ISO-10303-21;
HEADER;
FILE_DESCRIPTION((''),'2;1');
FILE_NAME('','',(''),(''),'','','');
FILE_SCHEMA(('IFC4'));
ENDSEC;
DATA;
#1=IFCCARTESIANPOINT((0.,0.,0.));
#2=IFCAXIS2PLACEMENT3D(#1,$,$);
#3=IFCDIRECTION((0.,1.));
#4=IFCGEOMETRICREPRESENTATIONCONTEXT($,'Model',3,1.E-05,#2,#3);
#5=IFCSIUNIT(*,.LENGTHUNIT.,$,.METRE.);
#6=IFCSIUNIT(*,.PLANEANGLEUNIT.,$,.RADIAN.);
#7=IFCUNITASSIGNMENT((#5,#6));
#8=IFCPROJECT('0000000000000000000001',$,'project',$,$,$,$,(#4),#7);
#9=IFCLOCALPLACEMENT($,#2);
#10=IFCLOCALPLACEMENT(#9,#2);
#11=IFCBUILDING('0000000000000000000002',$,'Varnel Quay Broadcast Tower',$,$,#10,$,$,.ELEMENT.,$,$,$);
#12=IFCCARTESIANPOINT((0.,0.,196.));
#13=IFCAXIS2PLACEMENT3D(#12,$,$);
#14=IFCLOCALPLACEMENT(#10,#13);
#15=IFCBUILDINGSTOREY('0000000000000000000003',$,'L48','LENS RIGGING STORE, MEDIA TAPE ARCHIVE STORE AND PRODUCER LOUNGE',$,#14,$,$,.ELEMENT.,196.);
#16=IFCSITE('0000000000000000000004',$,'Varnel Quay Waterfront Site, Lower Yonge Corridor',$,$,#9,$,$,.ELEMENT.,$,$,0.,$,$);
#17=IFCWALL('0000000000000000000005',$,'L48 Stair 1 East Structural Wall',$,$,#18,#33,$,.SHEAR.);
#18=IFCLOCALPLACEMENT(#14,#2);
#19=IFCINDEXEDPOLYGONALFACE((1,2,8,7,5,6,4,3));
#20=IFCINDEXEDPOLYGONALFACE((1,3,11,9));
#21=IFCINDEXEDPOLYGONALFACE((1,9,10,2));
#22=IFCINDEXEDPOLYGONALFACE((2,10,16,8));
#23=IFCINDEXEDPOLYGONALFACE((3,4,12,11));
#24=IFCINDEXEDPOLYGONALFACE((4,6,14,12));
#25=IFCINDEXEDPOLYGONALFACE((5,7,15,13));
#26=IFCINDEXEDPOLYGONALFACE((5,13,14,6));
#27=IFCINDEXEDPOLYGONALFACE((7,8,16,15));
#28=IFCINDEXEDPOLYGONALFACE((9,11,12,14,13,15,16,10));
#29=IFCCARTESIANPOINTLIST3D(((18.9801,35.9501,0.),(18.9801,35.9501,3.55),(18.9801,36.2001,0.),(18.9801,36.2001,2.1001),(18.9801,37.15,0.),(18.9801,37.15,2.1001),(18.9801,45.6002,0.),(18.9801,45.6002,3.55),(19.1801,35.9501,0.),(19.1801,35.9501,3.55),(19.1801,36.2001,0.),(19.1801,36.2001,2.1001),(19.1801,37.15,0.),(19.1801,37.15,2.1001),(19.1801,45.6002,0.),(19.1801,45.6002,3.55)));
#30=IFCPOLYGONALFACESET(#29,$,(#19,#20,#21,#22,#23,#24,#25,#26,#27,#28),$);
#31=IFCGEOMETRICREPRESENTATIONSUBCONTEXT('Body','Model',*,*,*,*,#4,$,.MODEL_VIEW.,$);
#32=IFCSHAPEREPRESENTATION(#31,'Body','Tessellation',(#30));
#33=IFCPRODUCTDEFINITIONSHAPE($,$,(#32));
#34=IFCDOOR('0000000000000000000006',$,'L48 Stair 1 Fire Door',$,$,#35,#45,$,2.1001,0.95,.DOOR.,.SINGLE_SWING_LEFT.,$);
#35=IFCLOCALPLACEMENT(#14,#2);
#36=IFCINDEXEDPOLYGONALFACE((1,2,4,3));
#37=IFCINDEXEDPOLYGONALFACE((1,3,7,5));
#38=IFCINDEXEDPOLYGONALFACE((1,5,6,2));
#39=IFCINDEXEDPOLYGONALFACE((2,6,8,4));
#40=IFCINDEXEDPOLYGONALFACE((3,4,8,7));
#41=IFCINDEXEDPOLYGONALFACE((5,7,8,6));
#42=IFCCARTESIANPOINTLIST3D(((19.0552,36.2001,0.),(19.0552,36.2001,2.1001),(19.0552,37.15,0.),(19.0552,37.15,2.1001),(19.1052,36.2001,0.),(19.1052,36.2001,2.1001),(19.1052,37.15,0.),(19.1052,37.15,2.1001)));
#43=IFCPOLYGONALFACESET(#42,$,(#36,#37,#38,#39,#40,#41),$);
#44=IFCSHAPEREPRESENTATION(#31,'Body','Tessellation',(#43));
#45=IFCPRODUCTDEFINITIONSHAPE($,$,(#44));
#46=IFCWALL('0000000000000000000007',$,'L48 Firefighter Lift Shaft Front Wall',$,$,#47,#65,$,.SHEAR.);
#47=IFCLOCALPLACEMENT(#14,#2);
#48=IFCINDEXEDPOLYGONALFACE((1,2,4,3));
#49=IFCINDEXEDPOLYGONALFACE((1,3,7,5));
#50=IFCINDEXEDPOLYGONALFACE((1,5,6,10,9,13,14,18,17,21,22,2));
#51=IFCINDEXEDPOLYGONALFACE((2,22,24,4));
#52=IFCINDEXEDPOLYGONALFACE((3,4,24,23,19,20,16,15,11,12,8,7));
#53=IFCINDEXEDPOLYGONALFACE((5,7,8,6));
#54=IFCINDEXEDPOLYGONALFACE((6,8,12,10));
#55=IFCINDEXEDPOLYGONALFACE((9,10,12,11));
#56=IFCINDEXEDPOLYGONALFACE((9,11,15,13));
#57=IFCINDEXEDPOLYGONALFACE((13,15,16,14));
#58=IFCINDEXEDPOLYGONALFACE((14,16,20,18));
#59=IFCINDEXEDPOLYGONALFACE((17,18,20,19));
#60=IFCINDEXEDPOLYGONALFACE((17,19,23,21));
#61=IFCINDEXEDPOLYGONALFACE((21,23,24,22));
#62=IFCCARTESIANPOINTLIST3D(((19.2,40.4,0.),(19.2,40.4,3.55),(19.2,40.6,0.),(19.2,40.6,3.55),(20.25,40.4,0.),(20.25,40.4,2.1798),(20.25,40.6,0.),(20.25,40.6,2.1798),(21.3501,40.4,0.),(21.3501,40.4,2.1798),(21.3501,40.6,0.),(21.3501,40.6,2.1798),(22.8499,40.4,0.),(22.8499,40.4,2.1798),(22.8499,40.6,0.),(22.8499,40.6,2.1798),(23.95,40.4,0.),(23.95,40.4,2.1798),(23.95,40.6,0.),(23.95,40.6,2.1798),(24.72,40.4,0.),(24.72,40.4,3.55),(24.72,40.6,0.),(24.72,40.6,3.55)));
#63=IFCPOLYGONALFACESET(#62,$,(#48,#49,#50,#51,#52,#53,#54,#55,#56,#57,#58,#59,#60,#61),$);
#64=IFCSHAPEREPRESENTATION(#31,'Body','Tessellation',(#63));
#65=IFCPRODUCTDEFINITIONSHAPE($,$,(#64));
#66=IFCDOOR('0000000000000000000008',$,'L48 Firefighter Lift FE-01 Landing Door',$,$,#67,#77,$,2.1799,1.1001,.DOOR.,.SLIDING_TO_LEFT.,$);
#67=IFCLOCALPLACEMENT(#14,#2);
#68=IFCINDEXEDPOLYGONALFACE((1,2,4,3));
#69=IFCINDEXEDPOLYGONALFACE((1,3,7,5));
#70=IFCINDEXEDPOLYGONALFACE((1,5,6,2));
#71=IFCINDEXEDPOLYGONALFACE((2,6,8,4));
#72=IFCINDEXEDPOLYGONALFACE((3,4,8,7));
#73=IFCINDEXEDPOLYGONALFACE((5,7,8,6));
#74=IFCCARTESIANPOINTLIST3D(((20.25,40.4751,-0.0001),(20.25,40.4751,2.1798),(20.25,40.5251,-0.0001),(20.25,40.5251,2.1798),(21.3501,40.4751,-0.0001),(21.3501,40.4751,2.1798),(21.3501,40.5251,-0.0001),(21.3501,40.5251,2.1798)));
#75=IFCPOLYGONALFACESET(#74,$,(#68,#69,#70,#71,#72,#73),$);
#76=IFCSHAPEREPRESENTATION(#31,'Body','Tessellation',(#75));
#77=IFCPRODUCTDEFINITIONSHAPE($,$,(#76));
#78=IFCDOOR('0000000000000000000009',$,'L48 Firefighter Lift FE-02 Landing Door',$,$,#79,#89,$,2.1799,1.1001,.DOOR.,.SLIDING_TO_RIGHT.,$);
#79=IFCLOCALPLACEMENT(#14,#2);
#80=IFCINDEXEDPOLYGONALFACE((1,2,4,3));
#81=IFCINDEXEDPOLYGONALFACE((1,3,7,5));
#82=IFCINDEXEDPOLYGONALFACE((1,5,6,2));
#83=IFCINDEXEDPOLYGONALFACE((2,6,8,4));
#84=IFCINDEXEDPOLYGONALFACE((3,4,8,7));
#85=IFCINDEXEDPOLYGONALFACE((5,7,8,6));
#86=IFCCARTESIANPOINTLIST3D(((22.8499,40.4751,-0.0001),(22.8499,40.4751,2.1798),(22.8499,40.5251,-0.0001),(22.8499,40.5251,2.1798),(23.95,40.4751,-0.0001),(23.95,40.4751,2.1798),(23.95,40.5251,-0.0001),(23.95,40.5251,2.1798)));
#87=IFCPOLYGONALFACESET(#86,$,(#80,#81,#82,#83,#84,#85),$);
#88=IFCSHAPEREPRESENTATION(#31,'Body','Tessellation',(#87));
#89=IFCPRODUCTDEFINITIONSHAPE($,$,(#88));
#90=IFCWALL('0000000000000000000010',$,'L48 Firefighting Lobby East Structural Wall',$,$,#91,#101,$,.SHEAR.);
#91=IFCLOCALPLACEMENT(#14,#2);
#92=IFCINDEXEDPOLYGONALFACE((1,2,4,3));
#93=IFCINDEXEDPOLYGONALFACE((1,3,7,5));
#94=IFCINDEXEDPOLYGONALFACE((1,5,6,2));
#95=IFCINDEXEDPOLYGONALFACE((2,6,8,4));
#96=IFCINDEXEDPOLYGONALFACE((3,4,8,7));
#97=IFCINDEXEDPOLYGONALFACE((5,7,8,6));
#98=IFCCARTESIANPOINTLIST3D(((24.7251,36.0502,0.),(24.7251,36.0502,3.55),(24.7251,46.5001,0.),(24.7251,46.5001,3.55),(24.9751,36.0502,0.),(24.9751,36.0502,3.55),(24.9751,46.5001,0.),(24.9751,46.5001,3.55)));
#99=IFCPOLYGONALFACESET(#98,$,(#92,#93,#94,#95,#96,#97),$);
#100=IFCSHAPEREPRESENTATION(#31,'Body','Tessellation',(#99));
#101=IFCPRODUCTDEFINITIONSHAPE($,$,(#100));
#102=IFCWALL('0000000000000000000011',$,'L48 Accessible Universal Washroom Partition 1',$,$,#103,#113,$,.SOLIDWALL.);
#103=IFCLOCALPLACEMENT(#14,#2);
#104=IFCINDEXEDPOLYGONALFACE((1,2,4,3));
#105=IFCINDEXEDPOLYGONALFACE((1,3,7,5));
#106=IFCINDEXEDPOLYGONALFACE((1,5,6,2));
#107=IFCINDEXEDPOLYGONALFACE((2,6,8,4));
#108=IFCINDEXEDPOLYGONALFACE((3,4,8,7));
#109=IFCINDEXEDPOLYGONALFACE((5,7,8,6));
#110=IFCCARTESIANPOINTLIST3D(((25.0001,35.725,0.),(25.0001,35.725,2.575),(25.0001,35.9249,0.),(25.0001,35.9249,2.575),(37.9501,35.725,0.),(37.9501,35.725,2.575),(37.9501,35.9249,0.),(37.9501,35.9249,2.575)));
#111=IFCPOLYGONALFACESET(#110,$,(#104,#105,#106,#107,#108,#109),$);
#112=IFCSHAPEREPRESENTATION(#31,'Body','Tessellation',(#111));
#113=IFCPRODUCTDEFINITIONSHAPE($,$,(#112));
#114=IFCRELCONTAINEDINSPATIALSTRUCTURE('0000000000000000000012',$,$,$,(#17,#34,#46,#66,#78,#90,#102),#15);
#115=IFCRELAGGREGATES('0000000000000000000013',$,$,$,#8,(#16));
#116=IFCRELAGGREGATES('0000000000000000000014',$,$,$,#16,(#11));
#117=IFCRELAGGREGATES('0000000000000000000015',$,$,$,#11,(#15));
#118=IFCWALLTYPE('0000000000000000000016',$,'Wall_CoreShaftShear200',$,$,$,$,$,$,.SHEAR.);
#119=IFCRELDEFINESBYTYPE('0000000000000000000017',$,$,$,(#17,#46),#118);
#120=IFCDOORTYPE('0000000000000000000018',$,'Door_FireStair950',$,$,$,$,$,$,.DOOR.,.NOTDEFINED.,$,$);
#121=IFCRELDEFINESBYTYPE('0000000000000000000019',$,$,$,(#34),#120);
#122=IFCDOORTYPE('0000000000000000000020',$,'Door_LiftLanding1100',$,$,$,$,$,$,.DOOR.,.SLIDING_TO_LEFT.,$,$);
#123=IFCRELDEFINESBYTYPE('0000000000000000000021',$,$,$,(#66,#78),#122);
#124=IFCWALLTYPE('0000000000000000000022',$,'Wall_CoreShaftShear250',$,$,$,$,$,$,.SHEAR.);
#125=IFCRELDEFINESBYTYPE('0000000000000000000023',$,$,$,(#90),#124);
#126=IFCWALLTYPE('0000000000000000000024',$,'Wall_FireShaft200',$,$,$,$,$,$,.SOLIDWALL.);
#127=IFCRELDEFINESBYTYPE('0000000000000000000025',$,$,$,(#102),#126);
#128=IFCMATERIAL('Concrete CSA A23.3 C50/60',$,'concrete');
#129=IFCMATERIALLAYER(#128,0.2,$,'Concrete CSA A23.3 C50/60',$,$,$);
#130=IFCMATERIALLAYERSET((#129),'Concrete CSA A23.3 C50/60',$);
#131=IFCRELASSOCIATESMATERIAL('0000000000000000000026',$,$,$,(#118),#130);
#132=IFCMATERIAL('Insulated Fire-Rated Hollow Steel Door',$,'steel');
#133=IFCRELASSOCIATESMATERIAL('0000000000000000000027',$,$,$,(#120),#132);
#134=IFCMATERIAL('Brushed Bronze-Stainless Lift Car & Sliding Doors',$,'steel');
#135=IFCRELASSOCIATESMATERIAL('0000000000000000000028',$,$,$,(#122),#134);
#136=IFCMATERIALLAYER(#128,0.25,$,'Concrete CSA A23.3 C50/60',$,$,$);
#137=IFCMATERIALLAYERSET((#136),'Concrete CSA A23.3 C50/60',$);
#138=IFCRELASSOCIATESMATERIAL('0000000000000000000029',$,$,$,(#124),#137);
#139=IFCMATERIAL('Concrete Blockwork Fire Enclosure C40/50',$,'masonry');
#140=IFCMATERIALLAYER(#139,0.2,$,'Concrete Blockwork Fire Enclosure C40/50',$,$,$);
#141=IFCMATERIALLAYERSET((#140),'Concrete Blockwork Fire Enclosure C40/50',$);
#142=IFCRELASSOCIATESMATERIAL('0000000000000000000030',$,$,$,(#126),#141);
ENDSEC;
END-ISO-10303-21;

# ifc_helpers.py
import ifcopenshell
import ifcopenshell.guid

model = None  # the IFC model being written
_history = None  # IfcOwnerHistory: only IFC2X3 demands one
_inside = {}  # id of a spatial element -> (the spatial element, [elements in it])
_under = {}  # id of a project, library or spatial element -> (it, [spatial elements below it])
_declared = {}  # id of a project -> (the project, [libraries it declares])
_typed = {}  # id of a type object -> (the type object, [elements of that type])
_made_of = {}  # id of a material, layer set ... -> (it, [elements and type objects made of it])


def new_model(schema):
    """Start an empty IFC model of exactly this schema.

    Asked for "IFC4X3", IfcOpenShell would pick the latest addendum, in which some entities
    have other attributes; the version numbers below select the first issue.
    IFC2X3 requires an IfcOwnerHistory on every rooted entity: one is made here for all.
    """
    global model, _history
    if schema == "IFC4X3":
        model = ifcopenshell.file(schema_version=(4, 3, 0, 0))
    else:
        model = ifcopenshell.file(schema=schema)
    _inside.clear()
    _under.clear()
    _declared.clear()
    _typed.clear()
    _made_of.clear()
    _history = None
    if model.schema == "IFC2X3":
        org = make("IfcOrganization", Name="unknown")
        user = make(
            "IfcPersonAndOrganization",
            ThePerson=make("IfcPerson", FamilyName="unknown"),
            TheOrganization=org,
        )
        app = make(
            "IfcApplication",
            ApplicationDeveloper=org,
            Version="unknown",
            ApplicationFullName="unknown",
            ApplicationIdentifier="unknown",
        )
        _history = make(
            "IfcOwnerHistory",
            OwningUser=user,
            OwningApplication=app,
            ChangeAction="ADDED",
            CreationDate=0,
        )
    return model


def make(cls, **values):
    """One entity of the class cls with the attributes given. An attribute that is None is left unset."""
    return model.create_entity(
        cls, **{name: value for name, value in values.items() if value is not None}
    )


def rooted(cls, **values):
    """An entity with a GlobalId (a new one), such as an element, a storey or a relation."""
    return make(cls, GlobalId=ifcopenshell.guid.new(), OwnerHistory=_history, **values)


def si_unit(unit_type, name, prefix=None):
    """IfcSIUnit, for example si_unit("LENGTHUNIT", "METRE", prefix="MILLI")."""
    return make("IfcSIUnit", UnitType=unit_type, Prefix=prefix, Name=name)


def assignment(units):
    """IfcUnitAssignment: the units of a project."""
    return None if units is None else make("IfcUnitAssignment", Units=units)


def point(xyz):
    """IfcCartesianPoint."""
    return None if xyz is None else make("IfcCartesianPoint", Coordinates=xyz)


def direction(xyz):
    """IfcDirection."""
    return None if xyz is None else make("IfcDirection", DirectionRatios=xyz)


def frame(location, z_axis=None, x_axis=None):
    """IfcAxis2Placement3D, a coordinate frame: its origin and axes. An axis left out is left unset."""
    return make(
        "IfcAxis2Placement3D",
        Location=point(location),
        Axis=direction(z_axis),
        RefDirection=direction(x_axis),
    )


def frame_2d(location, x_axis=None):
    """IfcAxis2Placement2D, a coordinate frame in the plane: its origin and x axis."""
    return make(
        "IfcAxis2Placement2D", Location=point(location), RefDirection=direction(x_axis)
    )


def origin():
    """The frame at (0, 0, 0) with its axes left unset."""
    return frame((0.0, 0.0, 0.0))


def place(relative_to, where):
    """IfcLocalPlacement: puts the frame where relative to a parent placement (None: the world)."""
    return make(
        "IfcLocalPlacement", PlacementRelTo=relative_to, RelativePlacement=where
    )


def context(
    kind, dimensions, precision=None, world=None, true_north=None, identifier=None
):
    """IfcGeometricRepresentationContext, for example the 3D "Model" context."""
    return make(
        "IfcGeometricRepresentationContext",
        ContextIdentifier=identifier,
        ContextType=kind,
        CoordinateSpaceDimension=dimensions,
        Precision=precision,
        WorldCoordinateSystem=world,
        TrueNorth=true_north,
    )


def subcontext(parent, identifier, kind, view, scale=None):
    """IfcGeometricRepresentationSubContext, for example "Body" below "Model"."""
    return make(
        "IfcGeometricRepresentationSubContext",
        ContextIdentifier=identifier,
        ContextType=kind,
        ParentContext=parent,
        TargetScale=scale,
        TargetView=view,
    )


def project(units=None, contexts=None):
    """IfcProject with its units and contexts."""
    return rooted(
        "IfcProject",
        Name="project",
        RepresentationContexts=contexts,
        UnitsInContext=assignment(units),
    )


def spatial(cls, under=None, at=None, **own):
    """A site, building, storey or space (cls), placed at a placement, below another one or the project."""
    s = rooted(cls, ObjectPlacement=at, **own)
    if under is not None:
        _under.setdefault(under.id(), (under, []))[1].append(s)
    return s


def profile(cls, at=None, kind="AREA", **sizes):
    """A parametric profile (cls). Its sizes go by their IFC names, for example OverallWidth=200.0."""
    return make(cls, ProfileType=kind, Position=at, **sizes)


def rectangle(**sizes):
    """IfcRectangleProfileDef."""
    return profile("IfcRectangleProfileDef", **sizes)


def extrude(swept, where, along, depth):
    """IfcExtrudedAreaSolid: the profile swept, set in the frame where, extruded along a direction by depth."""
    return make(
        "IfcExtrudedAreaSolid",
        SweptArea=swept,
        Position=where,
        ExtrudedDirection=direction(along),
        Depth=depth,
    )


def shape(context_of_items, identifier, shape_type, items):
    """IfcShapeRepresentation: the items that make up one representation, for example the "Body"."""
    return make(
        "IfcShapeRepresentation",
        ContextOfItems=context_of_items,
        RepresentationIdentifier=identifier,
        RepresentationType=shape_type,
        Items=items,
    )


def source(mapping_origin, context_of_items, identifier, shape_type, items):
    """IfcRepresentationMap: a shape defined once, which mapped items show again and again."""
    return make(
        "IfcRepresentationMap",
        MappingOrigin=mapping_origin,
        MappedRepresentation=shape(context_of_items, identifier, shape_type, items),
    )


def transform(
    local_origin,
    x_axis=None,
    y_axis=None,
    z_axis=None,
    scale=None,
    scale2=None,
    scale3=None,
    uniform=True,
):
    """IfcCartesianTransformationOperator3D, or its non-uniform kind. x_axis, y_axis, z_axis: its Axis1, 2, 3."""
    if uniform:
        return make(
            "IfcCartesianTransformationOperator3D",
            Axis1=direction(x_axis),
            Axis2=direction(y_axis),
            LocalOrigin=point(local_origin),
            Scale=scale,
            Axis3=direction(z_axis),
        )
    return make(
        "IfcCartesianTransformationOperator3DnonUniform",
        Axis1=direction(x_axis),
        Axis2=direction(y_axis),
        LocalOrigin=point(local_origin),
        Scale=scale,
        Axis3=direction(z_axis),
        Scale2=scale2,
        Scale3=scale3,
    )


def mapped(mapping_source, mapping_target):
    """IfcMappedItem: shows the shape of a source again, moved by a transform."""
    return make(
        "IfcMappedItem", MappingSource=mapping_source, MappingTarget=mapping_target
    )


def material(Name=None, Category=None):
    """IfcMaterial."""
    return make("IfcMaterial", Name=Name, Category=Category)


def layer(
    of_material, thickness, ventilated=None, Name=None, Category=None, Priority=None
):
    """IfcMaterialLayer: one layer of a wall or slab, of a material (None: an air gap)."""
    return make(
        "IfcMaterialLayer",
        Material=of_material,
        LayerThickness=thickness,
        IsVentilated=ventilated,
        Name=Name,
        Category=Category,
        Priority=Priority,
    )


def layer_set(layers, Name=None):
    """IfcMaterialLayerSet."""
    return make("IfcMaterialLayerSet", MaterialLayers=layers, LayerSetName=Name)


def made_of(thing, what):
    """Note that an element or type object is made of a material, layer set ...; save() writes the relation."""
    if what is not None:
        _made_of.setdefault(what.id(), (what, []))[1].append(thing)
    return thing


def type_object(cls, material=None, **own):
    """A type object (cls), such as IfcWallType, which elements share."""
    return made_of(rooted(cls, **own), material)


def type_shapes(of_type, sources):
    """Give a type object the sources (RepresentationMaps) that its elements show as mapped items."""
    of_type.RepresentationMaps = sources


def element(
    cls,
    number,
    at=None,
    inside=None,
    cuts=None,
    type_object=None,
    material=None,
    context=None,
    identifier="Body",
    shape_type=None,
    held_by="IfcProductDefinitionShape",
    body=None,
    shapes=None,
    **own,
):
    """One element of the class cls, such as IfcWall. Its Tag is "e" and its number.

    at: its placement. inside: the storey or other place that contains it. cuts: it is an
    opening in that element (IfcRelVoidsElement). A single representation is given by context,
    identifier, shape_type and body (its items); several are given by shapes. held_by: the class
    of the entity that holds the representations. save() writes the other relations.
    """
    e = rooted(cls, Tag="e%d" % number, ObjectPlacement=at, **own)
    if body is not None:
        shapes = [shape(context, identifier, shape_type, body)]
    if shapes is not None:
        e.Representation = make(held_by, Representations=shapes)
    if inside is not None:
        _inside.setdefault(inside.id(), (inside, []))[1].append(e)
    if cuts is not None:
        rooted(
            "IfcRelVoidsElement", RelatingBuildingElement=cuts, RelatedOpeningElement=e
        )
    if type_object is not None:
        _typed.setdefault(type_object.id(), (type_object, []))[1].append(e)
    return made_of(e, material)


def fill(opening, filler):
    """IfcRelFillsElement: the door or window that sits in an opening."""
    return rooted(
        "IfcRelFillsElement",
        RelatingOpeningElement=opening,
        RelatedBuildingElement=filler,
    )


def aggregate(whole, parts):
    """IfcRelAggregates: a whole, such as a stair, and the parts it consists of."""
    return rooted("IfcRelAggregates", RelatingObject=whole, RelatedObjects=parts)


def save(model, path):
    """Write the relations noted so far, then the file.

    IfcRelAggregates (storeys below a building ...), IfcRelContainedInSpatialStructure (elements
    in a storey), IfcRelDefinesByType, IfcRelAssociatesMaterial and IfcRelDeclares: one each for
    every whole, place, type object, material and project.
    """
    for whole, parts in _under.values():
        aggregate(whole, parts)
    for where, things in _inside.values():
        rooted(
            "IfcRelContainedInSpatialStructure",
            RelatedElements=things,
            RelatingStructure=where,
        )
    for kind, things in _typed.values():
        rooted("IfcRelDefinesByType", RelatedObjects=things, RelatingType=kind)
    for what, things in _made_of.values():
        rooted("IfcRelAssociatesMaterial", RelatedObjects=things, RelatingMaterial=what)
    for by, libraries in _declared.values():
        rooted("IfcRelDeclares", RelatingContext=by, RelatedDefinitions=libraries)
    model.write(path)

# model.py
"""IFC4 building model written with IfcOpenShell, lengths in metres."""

from ifc_helpers import new_model, si_unit, direction, frame, frame_2d, origin, place, context, subcontext, project, spatial, rectangle, extrude, source, transform, mapped, material, layer, layer_set, type_object, type_shapes, element, fill, save


model = new_model("IFC4")

# Units and contexts
model_context = context("Model", 3, precision=1e-05, world=origin(), true_north=direction((0.0, 1.0)))
body_context = subcontext(model_context, "Body", "Model", "MODEL_VIEW")
ifc_project = project(units=[si_unit("LENGTHUNIT", "METRE"), si_unit("PLANEANGLEUNIT", "RADIAN")], contexts=[model_context])

# Site, building, storey
site_placement = place(None, origin())
site = spatial("IfcSite", under=ifc_project, at=site_placement, Name="Varnel Quay Waterfront Site, Lower Yonge Corridor", CompositionType="ELEMENT", RefElevation=0.0)
building_placement = place(site_placement, origin())
building = spatial("IfcBuilding", under=site, at=building_placement, Name="Varnel Quay Broadcast Tower", CompositionType="ELEMENT")
storey_placement = place(building_placement, frame((0.0, 0.0, 196.0)))
storey = spatial("IfcBuildingStorey", under=building, at=storey_placement, Name="L48", Description="LENS RIGGING STORE, MEDIA TAPE ARCHIVE STORE AND PRODUCER LOUNGE", CompositionType="ELEMENT", Elevation=196.0)

# Wall, opening, door
ifc_material_1 = material(Name="Concrete CSA A23.3 C50/60", Category="concrete")
ifc_layer_1 = layer(ifc_material_1, 0.2, Name="Concrete CSA A23.3 C50/60")
ifc_layer_set_1 = layer_set([ifc_layer_1], Name="Concrete CSA A23.3 C50/60")
wall_type_1 = type_object("IfcWallType", Name="Wall_CoreShaftShear200", PredefinedType="SHEAR", material=ifc_layer_set_1)
wall_1_placement = place(storey_placement, frame((19.0801, 35.95, 0.0), z_axis=(0.0, 0.0, 1.0), x_axis=(0.0, 1.0, 0.0)))
wall_1 = element("IfcWall", 1, at=wall_1_placement, inside=storey, type_object=wall_type_1, Name="L48 Stair 1 East Structural Wall", PredefinedType="SHEAR", context=body_context, shape_type="SweptSolid", body=[
    extrude(rectangle(XDim=9.6501, YDim=0.2, at=frame_2d((4.8252, 0.0))), origin(), (0.0, 0.0, 1.0), 3.55),
])
opening_1_placement = place(wall_1_placement, frame((0.25, 0.0, 0.0)))
opening_1 = element("IfcOpeningElement", 2, at=opening_1_placement, cuts=wall_1, PredefinedType="OPENING", context=body_context, shape_type="SweptSolid", body=[
    extrude(rectangle(XDim=0.95, YDim=2.1001, at=frame_2d((0.4751, 1.05))), frame((0.0, 0.1099, 0.0), z_axis=(0.0, -1.0, 0.0), x_axis=(1.0, 0.0, 0.0)), (0.0, 0.0, 1.0), 0.22),
])
ifc_material_2 = material(Name="Insulated Fire-Rated Hollow Steel Door", Category="steel")
door_type_1 = type_object("IfcDoorType", Name="Door_FireStair950", OperationType="NOTDEFINED", PredefinedType="DOOR", material=ifc_material_2)
shared_shape_1 = source(origin(), body_context, "Body", "SweptSolid", [
    extrude(rectangle(XDim=0.95, YDim=2.1001, at=frame_2d((0.4751, 1.05))), frame((0.0, 0.0249, 0.0), z_axis=(0.0, -1.0, 0.0), x_axis=(1.0, 0.0, 0.0)), (0.0, 0.0, 1.0), 0.05),
])
type_shapes(door_type_1, [shared_shape_1])
door_1_placement = place(opening_1_placement, origin())
door_1 = element("IfcDoor", 3, at=door_1_placement, inside=storey, type_object=door_type_1, Name="L48 Stair 1 Fire Door", OperationType="SINGLE_SWING_LEFT", OverallHeight=2.1001, OverallWidth=0.95, PredefinedType="DOOR", context=body_context, shape_type="MappedRepresentation", body=[
    mapped(shared_shape_1, transform((0.0, 0.0, 0.0), x_axis=(1.0, 0.0, 0.0), y_axis=(0.0, 1.0, 0.0), z_axis=(0.0, 0.0, 1.0), scale=1.0)),
])
fill(opening_1, door_1)

# Wall, openings, doors
wall_2_placement = place(storey_placement, frame((19.2, 40.5, 0.0), z_axis=(0.0, 0.0, 1.0), x_axis=(1.0, 0.0, 0.0)))
wall_2 = element("IfcWall", 4, at=wall_2_placement, inside=storey, type_object=wall_type_1, Name="L48 Firefighter Lift Shaft Front Wall", PredefinedType="SHEAR", context=body_context, shape_type="SweptSolid", body=[
    extrude(rectangle(XDim=5.52, YDim=0.2, at=frame_2d((2.76, 0.0))), origin(), (0.0, 0.0, 1.0), 3.55),
])
opening_2_placement = place(wall_2_placement, frame((1.05, 0.0, 0.0)))
opening_2 = element("IfcOpeningElement", 5, at=opening_2_placement, cuts=wall_2, PredefinedType="OPENING", context=body_context, shape_type="SweptSolid", body=[
    extrude(rectangle(XDim=1.1001, YDim=2.1799, at=frame_2d((0.55, 1.0898))), frame((0.0, 0.1099, 0.0), z_axis=(0.0, -1.0, 0.0), x_axis=(1.0, 0.0, 0.0)), (0.0, 0.0, 1.0), 0.22),
])
opening_3_placement = place(wall_2_placement, frame((3.6499, 0.0, 0.0)))
opening_3 = element("IfcOpeningElement", 6, at=opening_3_placement, cuts=wall_2, PredefinedType="OPENING", context=body_context, shape_type="SweptSolid", body=[
    extrude(rectangle(XDim=1.1001, YDim=2.1799, at=frame_2d((0.55, 1.0898))), frame((0.0, 0.1099, 0.0), z_axis=(0.0, -1.0, 0.0), x_axis=(1.0, 0.0, 0.0)), (0.0, 0.0, 1.0), 0.22),
])
ifc_material_3 = material(Name="Brushed Bronze-Stainless Lift Car & Sliding Doors", Category="steel")
door_type_2 = type_object("IfcDoorType", Name="Door_LiftLanding1100", OperationType="SLIDING_TO_LEFT", PredefinedType="DOOR", material=ifc_material_3)
shared_shape_2 = source(origin(), body_context, "Body", "SweptSolid", [
    extrude(rectangle(XDim=1.1001, YDim=2.1799, at=frame_2d((0.55, 1.0898))), frame((0.0, 0.0249, 0.0), z_axis=(0.0, -1.0, 0.0), x_axis=(1.0, 0.0, 0.0)), (0.0, 0.0, 1.0), 0.05),
])
type_shapes(door_type_2, [shared_shape_2])
door_2_placement = place(opening_2_placement, frame((1.1001, 0.0, 0.0), z_axis=(0.0, 0.0, 1.0), x_axis=(-1.0, 0.0, 0.0)))
door_2 = element("IfcDoor", 7, at=door_2_placement, inside=storey, type_object=door_type_2, Name="L48 Firefighter Lift FE-01 Landing Door", OperationType="SLIDING_TO_LEFT", OverallHeight=2.1799, OverallWidth=1.1001, PredefinedType="DOOR", context=body_context, shape_type="MappedRepresentation", body=[
    mapped(shared_shape_2, transform((0.0, 0.0, 0.0), x_axis=(1.0, 0.0, 0.0), y_axis=(0.0, 1.0, 0.0), z_axis=(0.0, 0.0, 1.0), scale=1.0)),
])
fill(opening_2, door_2)
door_3_placement = place(opening_3_placement, frame((1.1001, 0.0, 0.0), z_axis=(0.0, 0.0, 1.0), x_axis=(-1.0, 0.0, 0.0)))
door_3 = element("IfcDoor", 8, at=door_3_placement, inside=storey, type_object=door_type_2, Name="L48 Firefighter Lift FE-02 Landing Door", OperationType="SLIDING_TO_RIGHT", OverallHeight=2.1799, OverallWidth=1.1001, PredefinedType="DOOR", context=body_context, shape_type="MappedRepresentation", body=[
    mapped(shared_shape_2, transform((0.0, 0.0, 0.0), x_axis=(1.0, 0.0, 0.0), y_axis=(0.0, 1.0, 0.0), z_axis=(0.0, 0.0, 1.0), scale=1.0)),
])
fill(opening_3, door_3)

# Walls
ifc_layer_2 = layer(ifc_material_1, 0.25, Name="Concrete CSA A23.3 C50/60")
ifc_layer_set_2 = layer_set([ifc_layer_2], Name="Concrete CSA A23.3 C50/60")
wall_type_2 = type_object("IfcWallType", Name="Wall_CoreShaftShear250", PredefinedType="SHEAR", material=ifc_layer_set_2)
wall_3_placement = place(storey_placement, frame((24.8501, 36.05, 0.0), z_axis=(0.0, 0.0, 1.0), x_axis=(0.0, 1.0, 0.0)))
element("IfcWall", 9, at=wall_3_placement, inside=storey, type_object=wall_type_2, Name="L48 Firefighting Lobby East Structural Wall", PredefinedType="SHEAR", context=body_context, shape_type="SweptSolid", body=[
    extrude(rectangle(XDim=10.45, YDim=0.25, at=frame_2d((5.2251, 0.0))), origin(), (0.0, 0.0, 1.0), 3.55),
])
ifc_material_4 = material(Name="Concrete Blockwork Fire Enclosure C40/50", Category="masonry")
ifc_layer_3 = layer(ifc_material_4, 0.2, Name="Concrete Blockwork Fire Enclosure C40/50")
ifc_layer_set_3 = layer_set([ifc_layer_3], Name="Concrete Blockwork Fire Enclosure C40/50")
wall_type_3 = type_object("IfcWallType", Name="Wall_FireShaft200", PredefinedType="SOLIDWALL", material=ifc_layer_set_3)
wall_4_placement = place(storey_placement, frame((25.0, 35.825, 0.0), z_axis=(0.0, 0.0, 1.0), x_axis=(1.0, 0.0, 0.0)))
element("IfcWall", 10, at=wall_4_placement, inside=storey, type_object=wall_type_3, Name="L48 Accessible Universal Washroom Partition 1", PredefinedType="SOLIDWALL", context=body_context, shape_type="SweptSolid", body=[
    extrude(rectangle(XDim=12.95, YDim=0.2, at=frame_2d((6.4751, 0.0))), origin(), (0.0, 0.0, 1.0), 2.575),
])

save(model, "model.ifc")
